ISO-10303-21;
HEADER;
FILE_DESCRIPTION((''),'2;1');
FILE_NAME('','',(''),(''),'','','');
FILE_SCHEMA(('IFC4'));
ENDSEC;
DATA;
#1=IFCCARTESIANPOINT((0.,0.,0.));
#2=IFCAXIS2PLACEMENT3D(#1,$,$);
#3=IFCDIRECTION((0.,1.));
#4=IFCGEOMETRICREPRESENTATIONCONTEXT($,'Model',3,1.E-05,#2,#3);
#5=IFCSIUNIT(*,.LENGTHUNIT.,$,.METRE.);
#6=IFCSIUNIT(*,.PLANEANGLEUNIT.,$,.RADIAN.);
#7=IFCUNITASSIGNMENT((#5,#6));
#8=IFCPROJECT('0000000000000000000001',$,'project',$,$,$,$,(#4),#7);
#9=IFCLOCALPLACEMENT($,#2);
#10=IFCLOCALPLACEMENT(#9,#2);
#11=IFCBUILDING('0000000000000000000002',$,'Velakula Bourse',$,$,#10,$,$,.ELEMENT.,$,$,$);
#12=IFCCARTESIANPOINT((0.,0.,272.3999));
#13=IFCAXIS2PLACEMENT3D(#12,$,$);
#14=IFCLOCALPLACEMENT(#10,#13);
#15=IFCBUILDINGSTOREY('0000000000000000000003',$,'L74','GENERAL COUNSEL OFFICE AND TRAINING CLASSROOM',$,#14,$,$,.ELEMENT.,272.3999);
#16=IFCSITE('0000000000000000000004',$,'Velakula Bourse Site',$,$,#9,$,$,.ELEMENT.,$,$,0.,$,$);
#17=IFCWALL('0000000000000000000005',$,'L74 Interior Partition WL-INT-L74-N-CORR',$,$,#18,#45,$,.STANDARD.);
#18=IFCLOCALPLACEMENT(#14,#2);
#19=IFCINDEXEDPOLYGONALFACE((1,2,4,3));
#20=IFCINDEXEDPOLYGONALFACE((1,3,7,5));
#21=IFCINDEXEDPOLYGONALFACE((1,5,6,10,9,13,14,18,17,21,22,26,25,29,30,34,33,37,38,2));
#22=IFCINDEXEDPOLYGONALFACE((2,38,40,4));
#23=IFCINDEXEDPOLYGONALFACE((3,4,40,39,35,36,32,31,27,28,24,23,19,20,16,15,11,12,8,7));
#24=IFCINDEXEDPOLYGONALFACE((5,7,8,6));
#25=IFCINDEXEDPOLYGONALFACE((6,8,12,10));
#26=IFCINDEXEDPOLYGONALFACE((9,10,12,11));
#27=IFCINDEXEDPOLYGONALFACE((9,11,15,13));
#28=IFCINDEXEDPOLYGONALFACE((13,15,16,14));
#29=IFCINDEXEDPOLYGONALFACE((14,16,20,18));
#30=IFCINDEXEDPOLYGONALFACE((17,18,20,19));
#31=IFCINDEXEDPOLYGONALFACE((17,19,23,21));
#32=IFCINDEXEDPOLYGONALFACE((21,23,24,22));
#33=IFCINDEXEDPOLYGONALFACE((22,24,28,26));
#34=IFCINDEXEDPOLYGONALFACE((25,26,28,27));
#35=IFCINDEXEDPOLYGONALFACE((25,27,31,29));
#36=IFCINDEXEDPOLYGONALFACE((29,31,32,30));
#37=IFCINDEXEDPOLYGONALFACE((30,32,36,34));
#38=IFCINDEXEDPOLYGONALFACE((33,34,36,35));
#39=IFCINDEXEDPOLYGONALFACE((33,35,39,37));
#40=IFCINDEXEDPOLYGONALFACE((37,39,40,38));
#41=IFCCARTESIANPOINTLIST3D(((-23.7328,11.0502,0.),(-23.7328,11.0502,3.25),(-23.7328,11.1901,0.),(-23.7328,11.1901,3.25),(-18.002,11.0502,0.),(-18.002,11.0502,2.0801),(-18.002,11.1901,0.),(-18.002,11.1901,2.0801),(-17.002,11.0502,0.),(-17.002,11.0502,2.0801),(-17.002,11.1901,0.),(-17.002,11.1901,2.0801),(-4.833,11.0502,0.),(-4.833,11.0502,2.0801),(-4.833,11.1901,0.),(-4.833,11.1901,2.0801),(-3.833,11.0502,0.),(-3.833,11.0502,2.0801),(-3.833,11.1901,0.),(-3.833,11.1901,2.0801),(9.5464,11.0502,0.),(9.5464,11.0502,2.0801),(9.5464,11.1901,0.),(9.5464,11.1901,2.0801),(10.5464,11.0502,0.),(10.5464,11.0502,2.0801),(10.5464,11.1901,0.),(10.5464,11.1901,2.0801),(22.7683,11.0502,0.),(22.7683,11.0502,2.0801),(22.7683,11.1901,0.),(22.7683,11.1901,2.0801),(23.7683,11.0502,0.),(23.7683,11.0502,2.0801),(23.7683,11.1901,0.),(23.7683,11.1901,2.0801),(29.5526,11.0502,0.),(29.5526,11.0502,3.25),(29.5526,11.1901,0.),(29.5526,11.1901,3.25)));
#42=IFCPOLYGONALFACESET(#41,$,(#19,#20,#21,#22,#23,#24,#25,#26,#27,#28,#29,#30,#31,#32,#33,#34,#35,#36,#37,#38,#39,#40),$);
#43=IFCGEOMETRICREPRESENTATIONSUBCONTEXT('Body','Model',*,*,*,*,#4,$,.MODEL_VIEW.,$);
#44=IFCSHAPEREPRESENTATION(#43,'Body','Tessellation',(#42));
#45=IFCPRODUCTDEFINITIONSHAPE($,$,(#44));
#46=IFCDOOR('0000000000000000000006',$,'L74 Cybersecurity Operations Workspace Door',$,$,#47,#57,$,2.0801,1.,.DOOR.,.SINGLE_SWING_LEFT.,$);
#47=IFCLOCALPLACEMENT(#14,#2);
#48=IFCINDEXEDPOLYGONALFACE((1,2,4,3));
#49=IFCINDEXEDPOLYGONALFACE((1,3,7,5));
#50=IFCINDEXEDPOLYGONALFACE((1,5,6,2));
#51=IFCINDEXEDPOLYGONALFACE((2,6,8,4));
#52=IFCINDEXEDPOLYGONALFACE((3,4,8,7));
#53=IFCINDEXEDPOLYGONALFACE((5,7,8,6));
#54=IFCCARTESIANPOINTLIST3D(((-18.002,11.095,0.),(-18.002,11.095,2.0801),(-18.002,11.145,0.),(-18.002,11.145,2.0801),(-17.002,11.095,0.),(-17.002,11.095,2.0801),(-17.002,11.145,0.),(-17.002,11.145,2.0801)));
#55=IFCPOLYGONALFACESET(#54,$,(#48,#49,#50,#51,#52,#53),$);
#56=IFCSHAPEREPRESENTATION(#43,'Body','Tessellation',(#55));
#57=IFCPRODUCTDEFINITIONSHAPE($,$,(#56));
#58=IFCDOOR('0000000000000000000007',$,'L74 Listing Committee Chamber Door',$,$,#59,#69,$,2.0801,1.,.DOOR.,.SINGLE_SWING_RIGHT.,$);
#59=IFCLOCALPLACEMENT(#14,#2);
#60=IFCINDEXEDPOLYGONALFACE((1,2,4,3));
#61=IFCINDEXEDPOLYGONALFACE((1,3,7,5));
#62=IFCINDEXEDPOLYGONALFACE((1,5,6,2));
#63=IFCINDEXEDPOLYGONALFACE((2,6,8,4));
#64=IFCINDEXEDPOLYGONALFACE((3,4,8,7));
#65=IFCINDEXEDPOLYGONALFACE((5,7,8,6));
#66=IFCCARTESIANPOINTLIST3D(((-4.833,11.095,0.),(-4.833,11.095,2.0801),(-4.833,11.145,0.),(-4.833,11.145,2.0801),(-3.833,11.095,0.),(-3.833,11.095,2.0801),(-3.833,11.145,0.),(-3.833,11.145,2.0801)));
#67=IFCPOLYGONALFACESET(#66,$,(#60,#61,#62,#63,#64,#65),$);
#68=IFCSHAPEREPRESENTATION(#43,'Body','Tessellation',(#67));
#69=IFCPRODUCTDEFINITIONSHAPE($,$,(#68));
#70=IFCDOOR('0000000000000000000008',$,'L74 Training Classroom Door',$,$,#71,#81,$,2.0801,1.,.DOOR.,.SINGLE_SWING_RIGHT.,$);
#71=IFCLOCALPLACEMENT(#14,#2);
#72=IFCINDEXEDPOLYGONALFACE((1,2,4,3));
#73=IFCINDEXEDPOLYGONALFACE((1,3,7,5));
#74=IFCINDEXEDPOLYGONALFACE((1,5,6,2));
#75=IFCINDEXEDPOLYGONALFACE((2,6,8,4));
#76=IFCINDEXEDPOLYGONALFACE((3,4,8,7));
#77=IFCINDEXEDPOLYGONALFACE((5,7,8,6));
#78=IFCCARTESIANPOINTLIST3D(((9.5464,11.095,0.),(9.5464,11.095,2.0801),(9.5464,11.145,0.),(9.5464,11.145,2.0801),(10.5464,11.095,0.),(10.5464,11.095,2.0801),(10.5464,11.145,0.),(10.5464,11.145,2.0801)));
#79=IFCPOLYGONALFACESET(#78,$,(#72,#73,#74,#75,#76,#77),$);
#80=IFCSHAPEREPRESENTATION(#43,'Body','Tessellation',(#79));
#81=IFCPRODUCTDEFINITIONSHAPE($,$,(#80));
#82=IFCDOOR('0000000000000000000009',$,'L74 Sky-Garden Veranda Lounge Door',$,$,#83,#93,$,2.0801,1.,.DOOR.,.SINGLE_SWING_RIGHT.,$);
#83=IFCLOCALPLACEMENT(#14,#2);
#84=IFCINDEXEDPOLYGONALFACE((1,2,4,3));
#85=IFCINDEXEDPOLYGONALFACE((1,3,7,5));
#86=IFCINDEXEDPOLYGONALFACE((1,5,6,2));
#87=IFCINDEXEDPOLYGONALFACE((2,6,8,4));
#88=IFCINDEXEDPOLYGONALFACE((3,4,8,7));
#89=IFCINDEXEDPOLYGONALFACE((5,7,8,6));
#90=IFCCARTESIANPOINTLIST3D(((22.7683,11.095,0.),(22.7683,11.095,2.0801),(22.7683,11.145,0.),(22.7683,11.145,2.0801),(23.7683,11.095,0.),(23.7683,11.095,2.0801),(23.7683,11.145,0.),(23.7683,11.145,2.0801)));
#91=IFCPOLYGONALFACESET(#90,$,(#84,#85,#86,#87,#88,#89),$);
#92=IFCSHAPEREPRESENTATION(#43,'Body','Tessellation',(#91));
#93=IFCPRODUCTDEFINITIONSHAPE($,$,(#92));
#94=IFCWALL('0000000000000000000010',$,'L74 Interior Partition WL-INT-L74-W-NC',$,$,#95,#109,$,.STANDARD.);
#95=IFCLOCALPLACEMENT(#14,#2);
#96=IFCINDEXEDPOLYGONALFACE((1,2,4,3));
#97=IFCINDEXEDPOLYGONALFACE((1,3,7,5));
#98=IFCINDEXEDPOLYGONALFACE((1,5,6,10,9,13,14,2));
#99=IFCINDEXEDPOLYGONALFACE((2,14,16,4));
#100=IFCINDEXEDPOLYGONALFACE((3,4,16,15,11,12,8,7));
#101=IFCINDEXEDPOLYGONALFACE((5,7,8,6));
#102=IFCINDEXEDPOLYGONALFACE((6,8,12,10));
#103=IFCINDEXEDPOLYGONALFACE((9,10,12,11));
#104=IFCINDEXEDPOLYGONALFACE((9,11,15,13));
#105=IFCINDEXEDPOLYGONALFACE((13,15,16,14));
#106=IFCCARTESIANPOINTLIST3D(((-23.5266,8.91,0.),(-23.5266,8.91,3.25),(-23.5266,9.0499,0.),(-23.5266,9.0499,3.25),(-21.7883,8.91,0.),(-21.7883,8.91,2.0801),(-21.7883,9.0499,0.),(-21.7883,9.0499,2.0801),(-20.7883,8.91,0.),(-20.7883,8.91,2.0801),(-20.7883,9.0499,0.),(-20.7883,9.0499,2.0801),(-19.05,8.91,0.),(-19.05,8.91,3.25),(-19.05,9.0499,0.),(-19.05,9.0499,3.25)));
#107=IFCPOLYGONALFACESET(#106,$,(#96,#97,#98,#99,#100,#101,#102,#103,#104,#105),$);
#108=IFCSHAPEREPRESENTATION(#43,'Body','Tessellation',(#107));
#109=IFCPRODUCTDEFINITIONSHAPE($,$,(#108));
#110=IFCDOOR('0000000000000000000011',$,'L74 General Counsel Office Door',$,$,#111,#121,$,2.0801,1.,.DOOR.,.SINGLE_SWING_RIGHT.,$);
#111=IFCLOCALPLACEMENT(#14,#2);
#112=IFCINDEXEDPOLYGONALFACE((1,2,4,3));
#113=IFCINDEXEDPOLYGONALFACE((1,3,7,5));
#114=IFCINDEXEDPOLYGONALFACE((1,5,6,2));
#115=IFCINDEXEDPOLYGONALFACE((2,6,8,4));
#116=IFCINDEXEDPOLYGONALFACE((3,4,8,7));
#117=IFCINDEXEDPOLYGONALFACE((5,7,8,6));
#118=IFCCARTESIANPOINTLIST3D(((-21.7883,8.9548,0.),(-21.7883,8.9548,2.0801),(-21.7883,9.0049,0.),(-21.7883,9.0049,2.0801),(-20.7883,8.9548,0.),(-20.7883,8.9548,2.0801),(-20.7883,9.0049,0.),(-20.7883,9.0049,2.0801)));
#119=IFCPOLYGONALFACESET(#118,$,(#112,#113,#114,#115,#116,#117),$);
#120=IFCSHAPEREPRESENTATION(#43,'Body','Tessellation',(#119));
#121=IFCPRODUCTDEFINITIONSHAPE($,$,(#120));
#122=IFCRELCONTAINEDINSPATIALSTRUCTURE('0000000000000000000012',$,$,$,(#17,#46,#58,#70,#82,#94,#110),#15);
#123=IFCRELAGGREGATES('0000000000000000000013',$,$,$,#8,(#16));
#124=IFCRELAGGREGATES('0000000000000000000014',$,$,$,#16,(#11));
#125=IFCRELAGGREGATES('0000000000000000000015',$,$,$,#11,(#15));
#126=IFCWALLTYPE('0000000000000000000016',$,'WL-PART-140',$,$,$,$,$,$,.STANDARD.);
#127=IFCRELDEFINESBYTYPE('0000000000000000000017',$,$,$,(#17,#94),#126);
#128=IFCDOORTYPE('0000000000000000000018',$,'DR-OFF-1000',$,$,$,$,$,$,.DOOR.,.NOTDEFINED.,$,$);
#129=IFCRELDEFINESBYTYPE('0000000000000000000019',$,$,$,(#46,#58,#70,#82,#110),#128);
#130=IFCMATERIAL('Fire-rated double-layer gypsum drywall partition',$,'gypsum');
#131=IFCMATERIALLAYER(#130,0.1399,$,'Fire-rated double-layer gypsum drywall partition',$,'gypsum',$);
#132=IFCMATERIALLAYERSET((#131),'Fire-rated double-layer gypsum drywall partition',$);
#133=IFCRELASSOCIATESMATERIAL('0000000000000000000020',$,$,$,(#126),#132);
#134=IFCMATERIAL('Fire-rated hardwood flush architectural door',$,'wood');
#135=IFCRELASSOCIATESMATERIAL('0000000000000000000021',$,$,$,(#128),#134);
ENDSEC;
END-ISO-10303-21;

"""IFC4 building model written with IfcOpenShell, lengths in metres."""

from ifc_helpers import new_model, si_unit, direction, frame, frame_2d, origin, place, context, subcontext, project, spatial, rectangle, extrude, material, layer, layer_set, type_object, element, fill, save


model = new_model("IFC4")

# Units and contexts
model_context = context("Model", 3, precision=1e-05, world=origin(), true_north=direction((0.0, 1.0)))
body_context = subcontext(model_context, "Body", "Model", "MODEL_VIEW")
ifc_project = project(units=[si_unit("LENGTHUNIT", "METRE"), si_unit("PLANEANGLEUNIT", "RADIAN")], contexts=[model_context])

# Site, building, storey
site_placement = place(None, origin())
site = spatial("IfcSite", under=ifc_project, at=site_placement, Name="Velakula Bourse Site", CompositionType="ELEMENT", RefElevation=0.0)
building_placement = place(site_placement, origin())
building = spatial("IfcBuilding", under=site, at=building_placement, Name="Velakula Bourse", CompositionType="ELEMENT")
storey_placement = place(building_placement, frame((0.0, 0.0, 272.3999)))
storey = spatial("IfcBuildingStorey", under=building, at=storey_placement, Name="L74", Description="GENERAL COUNSEL OFFICE AND TRAINING CLASSROOM", CompositionType="ELEMENT", Elevation=272.3999)

# Shared definitions
ifc_material_1 = material(Name="Fire-rated hardwood flush architectural door", Category="wood")

# Wall, openings, doors
ifc_material_2 = material(Name="Fire-rated double-layer gypsum drywall partition", Category="gypsum")
ifc_layer_1 = layer(ifc_material_2, 0.1399, Name="Fire-rated double-layer gypsum drywall partition", Category="gypsum")
ifc_layer_set_1 = layer_set([ifc_layer_1], Name="Fire-rated double-layer gypsum drywall partition")
wall_type_1 = type_object("IfcWallType", Name="WL-PART-140", PredefinedType="STANDARD", material=ifc_layer_set_1)
wall_1_placement = place(storey_placement, frame((-23.7327, 11.1201, 0.0), z_axis=(0.0, 0.0, 1.0), x_axis=(1.0, 0.0, 0.0)))
wall_1 = element("IfcWall", 1, at=wall_1_placement, inside=storey, type_object=wall_type_1, Name="L74 Interior Partition WL-INT-L74-N-CORR", PredefinedType="STANDARD", context=body_context, shape_type="SweptSolid", body=[
    extrude(rectangle(XDim=53.2854, YDim=0.1399, at=frame_2d((26.6426, 0.0))), origin(), (0.0, 0.0, 1.0), 3.25),
])
opening_1_placement = place(wall_1_placement, frame((5.7307, 0.0, 0.0)))
opening_1 = element("IfcOpeningElement", 2, at=opening_1_placement, cuts=wall_1, PredefinedType="OPENING", context=body_context, shape_type="SweptSolid", body=[
    extrude(rectangle(XDim=1.0, YDim=2.0801, at=frame_2d((0.5, 1.04))), frame((0.0, 0.0798, 0.0), z_axis=(0.0, -1.0, 0.0), x_axis=(1.0, 0.0, 0.0)), (0.0, 0.0, 1.0), 0.1599),
])
opening_2_placement = place(wall_1_placement, frame((18.8997, 0.0, 0.0)))
opening_2 = element("IfcOpeningElement", 3, at=opening_2_placement, cuts=wall_1, PredefinedType="OPENING", context=body_context, shape_type="SweptSolid", body=[
    extrude(rectangle(XDim=1.0, YDim=2.0801, at=frame_2d((0.5, 1.04))), frame((0.0, 0.0798, 0.0), z_axis=(0.0, -1.0, 0.0), x_axis=(1.0, 0.0, 0.0)), (0.0, 0.0, 1.0), 0.1599),
])
opening_3_placement = place(wall_1_placement, frame((33.2791, 0.0, 0.0)))
opening_3 = element("IfcOpeningElement", 4, at=opening_3_placement, cuts=wall_1, PredefinedType="OPENING", context=body_context, shape_type="SweptSolid", body=[
    extrude(rectangle(XDim=1.0, YDim=2.0801, at=frame_2d((0.5, 1.04))), frame((0.0, 0.0798, 0.0), z_axis=(0.0, -1.0, 0.0), x_axis=(1.0, 0.0, 0.0)), (0.0, 0.0, 1.0), 0.1599),
])
opening_4_placement = place(wall_1_placement, frame((46.501, 0.0, 0.0)))
opening_4 = element("IfcOpeningElement", 5, at=opening_4_placement, cuts=wall_1, PredefinedType="OPENING", context=body_context, shape_type="SweptSolid", body=[
    extrude(rectangle(XDim=1.0, YDim=2.0801, at=frame_2d((0.5, 1.04))), frame((0.0, 0.0798, 0.0), z_axis=(0.0, -1.0, 0.0), x_axis=(1.0, 0.0, 0.0)), (0.0, 0.0, 1.0), 0.1599),
])
door_type_1 = type_object("IfcDoorType", Name="DR-OFF-1000", OperationType="NOTDEFINED", PredefinedType="DOOR", material=ifc_material_1)
door_1_placement = place(opening_1_placement, origin())
door_1 = element("IfcDoor", 6, at=door_1_placement, inside=storey, type_object=door_type_1, Name="L74 Cybersecurity Operations Workspace Door", OperationType="SINGLE_SWING_LEFT", OverallHeight=2.0801, OverallWidth=1.0, PredefinedType="DOOR", context=body_context, shape_type="SweptSolid", body=[
    extrude(rectangle(XDim=1.0, YDim=2.0801, at=frame_2d((0.5, 1.04))), frame((0.0, 0.0249, 0.0), z_axis=(0.0, -1.0, 0.0), x_axis=(1.0, 0.0, 0.0)), (0.0, 0.0, 1.0), 0.05),
])
fill(opening_1, door_1)
door_2_placement = place(opening_2_placement, origin())
door_2 = element("IfcDoor", 7, at=door_2_placement, inside=storey, type_object=door_type_1, Name="L74 Listing Committee Chamber Door", OperationType="SINGLE_SWING_RIGHT", OverallHeight=2.0801, OverallWidth=1.0, PredefinedType="DOOR", context=body_context, shape_type="SweptSolid", body=[
    extrude(rectangle(XDim=1.0, YDim=2.0801, at=frame_2d((0.5, 1.04))), frame((0.0, 0.0249, 0.0), z_axis=(0.0, -1.0, 0.0), x_axis=(1.0, 0.0, 0.0)), (0.0, 0.0, 1.0), 0.05),
])
fill(opening_2, door_2)
door_3_placement = place(opening_3_placement, origin())
door_3 = element("IfcDoor", 8, at=door_3_placement, inside=storey, type_object=door_type_1, Name="L74 Training Classroom Door", OperationType="SINGLE_SWING_RIGHT", OverallHeight=2.0801, OverallWidth=1.0, PredefinedType="DOOR", context=body_context, shape_type="SweptSolid", body=[
    extrude(rectangle(XDim=1.0, YDim=2.0801, at=frame_2d((0.5, 1.04))), frame((0.0, 0.0249, 0.0), z_axis=(0.0, -1.0, 0.0), x_axis=(1.0, 0.0, 0.0)), (0.0, 0.0, 1.0), 0.05),
])
fill(opening_3, door_3)
door_4_placement = place(opening_4_placement, origin())
door_4 = element("IfcDoor", 9, at=door_4_placement, inside=storey, type_object=door_type_1, Name="L74 Sky-Garden Veranda Lounge Door", OperationType="SINGLE_SWING_RIGHT", OverallHeight=2.0801, OverallWidth=1.0, PredefinedType="DOOR", context=body_context, shape_type="SweptSolid", body=[
    extrude(rectangle(XDim=1.0, YDim=2.0801, at=frame_2d((0.5, 1.04))), frame((0.0, 0.0249, 0.0), z_axis=(0.0, -1.0, 0.0), x_axis=(1.0, 0.0, 0.0)), (0.0, 0.0, 1.0), 0.05),
])
fill(opening_4, door_4)

# Wall, opening, door
wall_2_placement = place(storey_placement, frame((-23.5266, 8.98, 0.0), z_axis=(0.0, 0.0, 1.0), x_axis=(1.0, 0.0, 0.0)))
wall_2 = element("IfcWall", 10, at=wall_2_placement, inside=storey, type_object=wall_type_1, Name="L74 Interior Partition WL-INT-L74-W-NC", PredefinedType="STANDARD", context=body_context, shape_type="SweptSolid", body=[
    extrude(rectangle(XDim=4.4766, YDim=0.1399, at=frame_2d((2.2383, 0.0))), origin(), (0.0, 0.0, 1.0), 3.25),
])
opening_5_placement = place(wall_2_placement, frame((1.7383, 0.0, 0.0)))
opening_5 = element("IfcOpeningElement", 11, at=opening_5_placement, cuts=wall_2, PredefinedType="OPENING", context=body_context, shape_type="SweptSolid", body=[
    extrude(rectangle(XDim=1.0, YDim=2.0801, at=frame_2d((0.5, 1.04))), frame((0.0, 0.0798, 0.0), z_axis=(0.0, -1.0, 0.0), x_axis=(1.0, 0.0, 0.0)), (0.0, 0.0, 1.0), 0.1599),
])
door_5_placement = place(opening_5_placement, origin())
door_5 = element("IfcDoor", 12, at=door_5_placement, inside=storey, type_object=door_type_1, Name="L74 General Counsel Office Door", OperationType="SINGLE_SWING_RIGHT", OverallHeight=2.0801, OverallWidth=1.0, PredefinedType="DOOR", context=body_context, shape_type="SweptSolid", body=[
    extrude(rectangle(XDim=1.0, YDim=2.0801, at=frame_2d((0.5, 1.04))), frame((0.0, 0.0249, 0.0), z_axis=(0.0, -1.0, 0.0), x_axis=(1.0, 0.0, 0.0)), (0.0, 0.0, 1.0), 0.05),
])
fill(opening_5, door_5)

save(model, "model.ifc")
